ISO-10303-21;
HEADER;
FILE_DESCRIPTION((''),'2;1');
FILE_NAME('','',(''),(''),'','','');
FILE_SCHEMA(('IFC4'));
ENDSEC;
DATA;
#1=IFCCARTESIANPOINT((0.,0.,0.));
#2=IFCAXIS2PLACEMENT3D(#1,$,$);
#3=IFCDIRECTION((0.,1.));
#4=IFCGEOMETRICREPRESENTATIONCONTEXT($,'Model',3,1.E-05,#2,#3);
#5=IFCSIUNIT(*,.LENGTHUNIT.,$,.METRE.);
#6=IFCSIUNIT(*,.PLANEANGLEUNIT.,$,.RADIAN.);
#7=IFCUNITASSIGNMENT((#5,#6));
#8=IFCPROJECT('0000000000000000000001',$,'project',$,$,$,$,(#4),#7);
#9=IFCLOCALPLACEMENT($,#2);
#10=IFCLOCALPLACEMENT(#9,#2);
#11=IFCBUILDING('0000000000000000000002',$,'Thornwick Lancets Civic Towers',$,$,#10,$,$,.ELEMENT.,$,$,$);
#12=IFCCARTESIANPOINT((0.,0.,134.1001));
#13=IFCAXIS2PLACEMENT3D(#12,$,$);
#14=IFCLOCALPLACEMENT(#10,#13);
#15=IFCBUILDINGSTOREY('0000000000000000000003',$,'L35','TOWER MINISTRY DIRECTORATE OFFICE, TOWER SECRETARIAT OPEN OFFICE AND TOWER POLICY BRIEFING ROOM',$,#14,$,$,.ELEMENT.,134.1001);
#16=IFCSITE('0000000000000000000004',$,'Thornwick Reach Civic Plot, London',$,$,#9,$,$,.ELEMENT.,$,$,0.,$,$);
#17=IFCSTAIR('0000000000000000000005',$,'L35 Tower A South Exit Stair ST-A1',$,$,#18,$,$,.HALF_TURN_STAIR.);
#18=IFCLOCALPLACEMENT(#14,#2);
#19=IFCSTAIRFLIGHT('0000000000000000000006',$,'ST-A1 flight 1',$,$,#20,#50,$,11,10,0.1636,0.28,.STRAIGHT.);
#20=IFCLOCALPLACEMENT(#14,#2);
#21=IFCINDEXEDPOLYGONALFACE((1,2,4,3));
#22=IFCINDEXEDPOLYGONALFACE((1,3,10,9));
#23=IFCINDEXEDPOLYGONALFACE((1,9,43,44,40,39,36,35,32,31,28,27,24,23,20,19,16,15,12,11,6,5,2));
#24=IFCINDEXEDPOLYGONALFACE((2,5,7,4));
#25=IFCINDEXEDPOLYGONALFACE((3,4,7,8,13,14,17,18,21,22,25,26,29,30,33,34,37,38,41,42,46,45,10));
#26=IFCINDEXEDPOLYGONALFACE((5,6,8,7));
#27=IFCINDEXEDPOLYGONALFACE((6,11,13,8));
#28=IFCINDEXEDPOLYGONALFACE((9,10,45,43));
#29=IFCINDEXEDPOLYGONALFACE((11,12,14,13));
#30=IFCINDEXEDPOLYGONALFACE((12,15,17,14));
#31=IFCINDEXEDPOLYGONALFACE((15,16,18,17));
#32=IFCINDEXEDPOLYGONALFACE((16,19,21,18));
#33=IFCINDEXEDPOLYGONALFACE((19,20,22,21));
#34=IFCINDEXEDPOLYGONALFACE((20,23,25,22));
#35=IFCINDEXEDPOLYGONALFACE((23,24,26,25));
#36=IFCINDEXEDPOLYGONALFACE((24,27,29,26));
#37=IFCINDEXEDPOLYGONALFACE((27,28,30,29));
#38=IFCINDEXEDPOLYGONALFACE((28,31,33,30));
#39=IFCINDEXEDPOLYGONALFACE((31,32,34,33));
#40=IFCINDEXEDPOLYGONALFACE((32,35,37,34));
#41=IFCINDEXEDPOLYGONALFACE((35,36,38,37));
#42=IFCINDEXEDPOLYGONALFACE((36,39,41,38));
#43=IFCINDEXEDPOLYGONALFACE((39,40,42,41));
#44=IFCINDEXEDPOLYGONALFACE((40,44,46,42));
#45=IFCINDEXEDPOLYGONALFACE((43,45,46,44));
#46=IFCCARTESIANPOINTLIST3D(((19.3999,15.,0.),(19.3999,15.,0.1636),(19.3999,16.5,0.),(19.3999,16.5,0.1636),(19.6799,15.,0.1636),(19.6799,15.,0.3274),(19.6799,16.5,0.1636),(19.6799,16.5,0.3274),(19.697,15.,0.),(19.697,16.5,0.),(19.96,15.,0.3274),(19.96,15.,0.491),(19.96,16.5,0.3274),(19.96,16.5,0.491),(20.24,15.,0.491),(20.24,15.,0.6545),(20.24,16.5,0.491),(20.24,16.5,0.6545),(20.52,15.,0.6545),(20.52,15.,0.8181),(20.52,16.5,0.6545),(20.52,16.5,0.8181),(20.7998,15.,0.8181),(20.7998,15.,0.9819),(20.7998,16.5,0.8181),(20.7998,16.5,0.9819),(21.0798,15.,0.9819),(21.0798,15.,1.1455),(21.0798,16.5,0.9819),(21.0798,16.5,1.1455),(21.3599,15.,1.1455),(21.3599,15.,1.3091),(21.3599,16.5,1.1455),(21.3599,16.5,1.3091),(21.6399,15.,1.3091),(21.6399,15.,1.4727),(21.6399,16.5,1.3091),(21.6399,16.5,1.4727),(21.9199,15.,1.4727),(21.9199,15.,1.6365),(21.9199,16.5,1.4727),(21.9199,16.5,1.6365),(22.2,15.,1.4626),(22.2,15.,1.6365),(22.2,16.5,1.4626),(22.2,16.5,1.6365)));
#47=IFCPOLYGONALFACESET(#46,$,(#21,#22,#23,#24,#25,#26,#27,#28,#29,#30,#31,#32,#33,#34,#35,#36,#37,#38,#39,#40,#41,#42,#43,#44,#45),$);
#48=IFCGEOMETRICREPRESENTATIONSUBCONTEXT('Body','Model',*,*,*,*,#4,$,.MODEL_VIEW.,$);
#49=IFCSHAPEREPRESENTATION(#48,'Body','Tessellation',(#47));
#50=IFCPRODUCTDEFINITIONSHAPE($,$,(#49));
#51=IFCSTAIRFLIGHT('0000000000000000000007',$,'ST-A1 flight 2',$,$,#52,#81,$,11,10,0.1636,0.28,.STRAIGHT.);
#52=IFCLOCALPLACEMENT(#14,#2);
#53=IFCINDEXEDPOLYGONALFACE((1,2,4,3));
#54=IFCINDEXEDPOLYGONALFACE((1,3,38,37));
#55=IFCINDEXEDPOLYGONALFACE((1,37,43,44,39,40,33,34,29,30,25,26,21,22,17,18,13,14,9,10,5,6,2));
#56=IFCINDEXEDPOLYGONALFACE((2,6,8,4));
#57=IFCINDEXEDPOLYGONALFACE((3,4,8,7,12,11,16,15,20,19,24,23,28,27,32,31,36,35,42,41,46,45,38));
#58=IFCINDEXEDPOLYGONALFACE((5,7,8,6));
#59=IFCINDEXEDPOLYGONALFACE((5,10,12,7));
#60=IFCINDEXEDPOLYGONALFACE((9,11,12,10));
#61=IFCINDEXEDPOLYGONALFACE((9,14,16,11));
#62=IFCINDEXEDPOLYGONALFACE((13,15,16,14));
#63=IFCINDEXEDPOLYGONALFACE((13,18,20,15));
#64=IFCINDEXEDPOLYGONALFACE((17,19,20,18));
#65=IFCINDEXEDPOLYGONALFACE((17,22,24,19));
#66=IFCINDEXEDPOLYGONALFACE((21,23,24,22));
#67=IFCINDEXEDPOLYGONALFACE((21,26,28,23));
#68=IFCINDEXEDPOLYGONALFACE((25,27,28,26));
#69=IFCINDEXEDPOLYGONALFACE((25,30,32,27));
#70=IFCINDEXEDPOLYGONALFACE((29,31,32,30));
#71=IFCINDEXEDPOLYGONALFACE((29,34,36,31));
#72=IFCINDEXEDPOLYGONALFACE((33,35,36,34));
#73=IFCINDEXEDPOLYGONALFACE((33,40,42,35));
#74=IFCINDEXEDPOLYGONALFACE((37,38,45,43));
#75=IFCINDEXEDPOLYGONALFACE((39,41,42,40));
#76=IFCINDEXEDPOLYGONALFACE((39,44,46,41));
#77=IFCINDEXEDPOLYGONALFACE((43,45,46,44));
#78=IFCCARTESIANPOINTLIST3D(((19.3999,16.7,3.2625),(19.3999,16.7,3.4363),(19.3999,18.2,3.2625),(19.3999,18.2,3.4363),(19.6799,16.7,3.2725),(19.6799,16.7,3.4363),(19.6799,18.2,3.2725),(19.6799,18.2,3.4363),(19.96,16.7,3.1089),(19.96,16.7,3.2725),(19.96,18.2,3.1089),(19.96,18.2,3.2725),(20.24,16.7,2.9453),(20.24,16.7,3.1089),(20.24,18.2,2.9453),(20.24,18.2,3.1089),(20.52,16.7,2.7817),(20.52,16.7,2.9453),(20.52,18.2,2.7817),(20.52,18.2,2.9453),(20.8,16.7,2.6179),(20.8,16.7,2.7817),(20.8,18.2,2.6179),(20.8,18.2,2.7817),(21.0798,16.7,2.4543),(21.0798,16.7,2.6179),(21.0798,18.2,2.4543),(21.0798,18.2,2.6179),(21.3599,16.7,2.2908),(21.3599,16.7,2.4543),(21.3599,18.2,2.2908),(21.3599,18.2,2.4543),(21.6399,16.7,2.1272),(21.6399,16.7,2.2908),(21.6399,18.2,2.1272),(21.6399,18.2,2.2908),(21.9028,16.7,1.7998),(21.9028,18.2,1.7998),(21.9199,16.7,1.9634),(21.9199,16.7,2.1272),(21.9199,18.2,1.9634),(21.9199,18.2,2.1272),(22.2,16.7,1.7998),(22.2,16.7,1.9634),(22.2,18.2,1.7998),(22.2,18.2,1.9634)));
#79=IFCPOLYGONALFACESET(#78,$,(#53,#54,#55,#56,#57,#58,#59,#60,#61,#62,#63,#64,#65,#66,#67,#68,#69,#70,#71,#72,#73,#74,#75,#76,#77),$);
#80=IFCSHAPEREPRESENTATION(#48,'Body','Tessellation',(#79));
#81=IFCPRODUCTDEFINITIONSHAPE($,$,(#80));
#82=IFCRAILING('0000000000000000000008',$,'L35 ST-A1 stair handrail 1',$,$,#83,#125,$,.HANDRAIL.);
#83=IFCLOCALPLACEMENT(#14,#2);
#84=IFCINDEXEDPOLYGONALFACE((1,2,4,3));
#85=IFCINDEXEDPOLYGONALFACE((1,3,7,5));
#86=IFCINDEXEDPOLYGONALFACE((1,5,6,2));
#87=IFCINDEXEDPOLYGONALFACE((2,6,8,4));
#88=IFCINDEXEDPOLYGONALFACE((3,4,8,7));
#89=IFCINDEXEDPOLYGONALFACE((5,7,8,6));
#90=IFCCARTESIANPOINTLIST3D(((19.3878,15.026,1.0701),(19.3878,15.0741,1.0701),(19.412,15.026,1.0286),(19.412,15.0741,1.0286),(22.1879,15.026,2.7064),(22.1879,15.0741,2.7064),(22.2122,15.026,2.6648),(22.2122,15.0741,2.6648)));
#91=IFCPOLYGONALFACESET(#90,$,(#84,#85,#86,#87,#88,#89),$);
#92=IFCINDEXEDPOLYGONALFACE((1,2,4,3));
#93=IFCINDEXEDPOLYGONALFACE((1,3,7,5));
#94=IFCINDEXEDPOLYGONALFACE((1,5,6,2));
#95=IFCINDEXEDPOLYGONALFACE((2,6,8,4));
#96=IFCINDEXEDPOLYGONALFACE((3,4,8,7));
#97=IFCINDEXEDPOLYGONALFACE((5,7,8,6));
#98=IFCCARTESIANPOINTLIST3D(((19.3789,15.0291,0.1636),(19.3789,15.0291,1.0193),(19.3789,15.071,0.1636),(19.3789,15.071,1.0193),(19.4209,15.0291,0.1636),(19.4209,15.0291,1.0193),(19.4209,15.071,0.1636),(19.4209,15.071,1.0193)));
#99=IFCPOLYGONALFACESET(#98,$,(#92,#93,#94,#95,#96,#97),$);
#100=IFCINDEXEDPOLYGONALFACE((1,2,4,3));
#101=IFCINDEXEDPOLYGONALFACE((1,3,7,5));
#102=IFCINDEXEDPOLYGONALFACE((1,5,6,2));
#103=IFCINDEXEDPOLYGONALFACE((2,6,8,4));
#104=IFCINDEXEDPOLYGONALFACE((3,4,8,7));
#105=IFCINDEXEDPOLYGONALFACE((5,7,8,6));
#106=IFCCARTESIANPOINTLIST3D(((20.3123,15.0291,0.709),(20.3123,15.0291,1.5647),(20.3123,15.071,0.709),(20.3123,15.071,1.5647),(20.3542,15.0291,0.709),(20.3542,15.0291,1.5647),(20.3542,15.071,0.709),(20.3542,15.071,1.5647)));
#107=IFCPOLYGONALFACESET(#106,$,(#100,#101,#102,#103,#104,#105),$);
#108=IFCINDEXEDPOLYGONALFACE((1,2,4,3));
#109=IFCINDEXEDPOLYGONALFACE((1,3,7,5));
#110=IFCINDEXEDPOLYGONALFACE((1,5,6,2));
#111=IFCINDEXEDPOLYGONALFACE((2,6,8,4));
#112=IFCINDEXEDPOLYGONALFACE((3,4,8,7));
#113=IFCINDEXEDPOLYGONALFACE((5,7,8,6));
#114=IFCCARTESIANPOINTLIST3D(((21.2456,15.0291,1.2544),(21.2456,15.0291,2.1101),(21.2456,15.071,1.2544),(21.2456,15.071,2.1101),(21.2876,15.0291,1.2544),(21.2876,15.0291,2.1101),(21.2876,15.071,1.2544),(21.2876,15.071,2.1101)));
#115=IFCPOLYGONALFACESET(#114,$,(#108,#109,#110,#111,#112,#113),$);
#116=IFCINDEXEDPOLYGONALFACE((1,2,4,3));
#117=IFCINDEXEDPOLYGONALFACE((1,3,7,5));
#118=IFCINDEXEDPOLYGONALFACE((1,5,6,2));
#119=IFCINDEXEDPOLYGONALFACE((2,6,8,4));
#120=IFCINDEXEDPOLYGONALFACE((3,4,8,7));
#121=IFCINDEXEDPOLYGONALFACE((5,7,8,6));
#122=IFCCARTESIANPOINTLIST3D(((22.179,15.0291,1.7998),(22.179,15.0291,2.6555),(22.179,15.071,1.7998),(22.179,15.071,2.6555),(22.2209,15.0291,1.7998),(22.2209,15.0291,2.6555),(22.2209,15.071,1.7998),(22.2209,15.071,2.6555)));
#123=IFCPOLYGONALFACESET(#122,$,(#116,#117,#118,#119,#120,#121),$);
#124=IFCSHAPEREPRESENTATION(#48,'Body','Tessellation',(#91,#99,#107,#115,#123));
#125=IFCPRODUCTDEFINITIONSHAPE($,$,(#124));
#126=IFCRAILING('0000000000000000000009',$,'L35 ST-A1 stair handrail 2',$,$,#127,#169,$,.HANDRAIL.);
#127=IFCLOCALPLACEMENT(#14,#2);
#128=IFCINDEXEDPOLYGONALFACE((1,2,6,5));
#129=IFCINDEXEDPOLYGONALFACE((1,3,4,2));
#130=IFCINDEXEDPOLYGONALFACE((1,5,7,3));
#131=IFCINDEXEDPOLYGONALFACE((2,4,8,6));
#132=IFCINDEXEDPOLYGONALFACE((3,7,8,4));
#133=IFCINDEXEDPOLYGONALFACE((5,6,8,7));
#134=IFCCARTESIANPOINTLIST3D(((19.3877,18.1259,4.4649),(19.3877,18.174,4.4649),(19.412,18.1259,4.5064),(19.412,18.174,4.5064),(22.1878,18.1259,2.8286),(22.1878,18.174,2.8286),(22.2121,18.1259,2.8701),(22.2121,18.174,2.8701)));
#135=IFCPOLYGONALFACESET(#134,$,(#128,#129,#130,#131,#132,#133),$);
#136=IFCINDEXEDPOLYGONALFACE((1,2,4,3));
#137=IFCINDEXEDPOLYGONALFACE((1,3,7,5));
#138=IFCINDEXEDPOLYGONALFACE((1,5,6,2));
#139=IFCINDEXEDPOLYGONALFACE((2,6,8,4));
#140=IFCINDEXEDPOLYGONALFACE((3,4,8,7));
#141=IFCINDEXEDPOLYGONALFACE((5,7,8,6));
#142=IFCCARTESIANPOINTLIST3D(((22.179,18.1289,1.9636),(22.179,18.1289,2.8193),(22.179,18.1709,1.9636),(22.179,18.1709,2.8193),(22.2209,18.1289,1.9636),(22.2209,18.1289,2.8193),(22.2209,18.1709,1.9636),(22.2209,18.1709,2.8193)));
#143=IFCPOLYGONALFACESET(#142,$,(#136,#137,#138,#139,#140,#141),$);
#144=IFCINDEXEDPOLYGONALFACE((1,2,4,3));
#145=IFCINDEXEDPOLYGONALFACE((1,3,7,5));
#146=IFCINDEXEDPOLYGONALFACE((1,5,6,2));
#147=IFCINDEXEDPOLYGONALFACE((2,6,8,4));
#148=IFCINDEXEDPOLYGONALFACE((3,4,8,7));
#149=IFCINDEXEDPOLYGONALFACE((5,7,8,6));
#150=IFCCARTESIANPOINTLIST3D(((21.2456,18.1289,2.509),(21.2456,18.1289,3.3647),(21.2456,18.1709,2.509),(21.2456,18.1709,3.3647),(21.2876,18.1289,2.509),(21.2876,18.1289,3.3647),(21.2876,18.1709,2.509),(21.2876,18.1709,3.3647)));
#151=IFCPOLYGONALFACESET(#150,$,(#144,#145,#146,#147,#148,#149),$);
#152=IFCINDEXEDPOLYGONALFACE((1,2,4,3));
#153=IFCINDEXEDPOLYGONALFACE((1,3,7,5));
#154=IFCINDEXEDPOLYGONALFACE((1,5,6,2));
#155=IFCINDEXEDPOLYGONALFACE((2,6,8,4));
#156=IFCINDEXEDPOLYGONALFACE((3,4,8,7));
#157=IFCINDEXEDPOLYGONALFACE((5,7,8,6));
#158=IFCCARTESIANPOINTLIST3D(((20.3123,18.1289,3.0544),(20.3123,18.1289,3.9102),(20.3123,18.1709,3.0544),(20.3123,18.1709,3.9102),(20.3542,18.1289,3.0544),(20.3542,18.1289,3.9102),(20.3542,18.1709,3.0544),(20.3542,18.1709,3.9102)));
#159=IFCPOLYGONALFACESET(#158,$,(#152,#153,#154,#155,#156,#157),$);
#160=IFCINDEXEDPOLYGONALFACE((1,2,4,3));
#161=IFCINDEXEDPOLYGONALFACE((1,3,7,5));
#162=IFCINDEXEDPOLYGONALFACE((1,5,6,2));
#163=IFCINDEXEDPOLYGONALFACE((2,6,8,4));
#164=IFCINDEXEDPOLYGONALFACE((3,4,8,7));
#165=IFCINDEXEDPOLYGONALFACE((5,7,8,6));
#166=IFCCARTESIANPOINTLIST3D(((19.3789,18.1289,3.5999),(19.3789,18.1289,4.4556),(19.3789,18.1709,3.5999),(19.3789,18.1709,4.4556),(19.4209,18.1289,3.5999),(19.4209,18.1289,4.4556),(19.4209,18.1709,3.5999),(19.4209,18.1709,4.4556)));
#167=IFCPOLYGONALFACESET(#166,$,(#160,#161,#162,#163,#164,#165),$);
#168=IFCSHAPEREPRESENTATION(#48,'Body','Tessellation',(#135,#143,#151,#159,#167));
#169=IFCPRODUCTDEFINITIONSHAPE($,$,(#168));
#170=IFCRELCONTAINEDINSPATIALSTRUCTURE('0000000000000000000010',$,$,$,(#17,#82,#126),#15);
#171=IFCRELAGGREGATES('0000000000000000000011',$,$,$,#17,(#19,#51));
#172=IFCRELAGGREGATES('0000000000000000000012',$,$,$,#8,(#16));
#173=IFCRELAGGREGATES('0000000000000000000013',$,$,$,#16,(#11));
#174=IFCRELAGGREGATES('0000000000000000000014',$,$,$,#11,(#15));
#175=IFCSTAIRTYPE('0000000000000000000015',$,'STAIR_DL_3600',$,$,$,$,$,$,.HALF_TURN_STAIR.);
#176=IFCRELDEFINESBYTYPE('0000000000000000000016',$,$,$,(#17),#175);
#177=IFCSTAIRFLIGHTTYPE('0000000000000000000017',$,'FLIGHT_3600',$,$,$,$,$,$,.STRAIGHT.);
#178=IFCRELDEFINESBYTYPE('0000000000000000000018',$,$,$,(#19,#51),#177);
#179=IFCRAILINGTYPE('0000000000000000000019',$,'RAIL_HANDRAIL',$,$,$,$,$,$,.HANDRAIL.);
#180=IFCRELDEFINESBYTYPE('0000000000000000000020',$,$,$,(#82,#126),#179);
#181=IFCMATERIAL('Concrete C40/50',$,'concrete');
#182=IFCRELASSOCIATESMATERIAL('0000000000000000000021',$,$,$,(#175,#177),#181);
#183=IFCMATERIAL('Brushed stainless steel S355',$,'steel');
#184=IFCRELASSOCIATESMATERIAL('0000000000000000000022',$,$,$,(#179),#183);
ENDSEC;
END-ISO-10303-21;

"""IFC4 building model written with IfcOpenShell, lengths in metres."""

from ifc_helpers import new_model, si_unit, direction, frame, origin, origin_2d, place, context, subcontext, project, spatial, polyline, rectangle, outline, extrude, material, type_object, element, aggregate, save


model = new_model("IFC4")

# Units and contexts
model_context = context("Model", 3, precision=1e-05, world=origin(), true_north=direction((0.0, 1.0)))
body_context = subcontext(model_context, "Body", "Model", "MODEL_VIEW")
ifc_project = project(units=[si_unit("LENGTHUNIT", "METRE"), si_unit("PLANEANGLEUNIT", "RADIAN")], contexts=[model_context])

# Site, building, storey
site_placement = place(None, origin())
site = spatial("IfcSite", under=ifc_project, at=site_placement, Name="Thornwick Reach Civic Plot, London", CompositionType="ELEMENT", RefElevation=0.0)
building_placement = place(site_placement, origin())
building = spatial("IfcBuilding", under=site, at=building_placement, Name="Thornwick Lancets Civic Towers", CompositionType="ELEMENT")
storey_placement = place(building_placement, frame((0.0, 0.0, 134.1001)))
storey = spatial("IfcBuildingStorey", under=building, at=storey_placement, Name="L35", Description="TOWER MINISTRY DIRECTORATE OFFICE, TOWER SECRETARIAT OPEN OFFICE AND TOWER POLICY BRIEFING ROOM", CompositionType="ELEMENT", Elevation=134.1001)

# Shared definitions
ifc_material_1 = material(Name="Concrete C40/50", Category="concrete")

# Stair, stair flights
stair_type = type_object("IfcStairType", Name="STAIR_DL_3600", PredefinedType="HALF_TURN_STAIR", material=ifc_material_1)
stair_placement = place(storey_placement, origin())
stair = element("IfcStair", 1, at=stair_placement, inside=storey, type_object=stair_type, Name="L35 Tower A South Exit Stair ST-A1", PredefinedType="HALF_TURN_STAIR")
stair_flight_type = type_object("IfcStairFlightType", Name="FLIGHT_3600", PredefinedType="STRAIGHT", material=ifc_material_1)
stair_flight_1_placement = place(storey_placement, frame((19.3999, 15.75, 0.0), z_axis=(0.0, 0.0, 1.0), x_axis=(1.0, 0.0, 0.0)))
stair_flight_1 = element("IfcStairFlight", 2, at=stair_flight_1_placement, type_object=stair_flight_type, Name="ST-A1 flight 1", NumberOfRisers=11, NumberOfTreads=10, PredefinedType="STRAIGHT", RiserHeight=0.1636, TreadLength=0.28, context=body_context, shape_type="SweptSolid", body=[
    extrude(outline(polyline([(0.0, 0.0), (0.0, 0.1636), (0.28, 0.1636), (0.28, 0.3274), (0.5601, 0.3274), (0.5601, 0.491), (0.8401, 0.491), (0.8401, 0.6545), (1.1201, 0.6545), (1.1201, 0.8181), (1.3999, 0.8181), (1.3999, 0.9819), (1.6799, 0.9819), (1.6799, 1.1455), (1.96, 1.1455), (1.96, 1.3091), (2.24, 1.3091), (2.24, 1.4727), (2.52, 1.4727), (2.52, 1.6365), (2.8, 1.6365), (2.8, 1.8), (2.8, 1.4626), (0.2971, 0.0), (0.0, 0.0)])), frame((0.0, 0.75, 0.0), z_axis=(0.0, -1.0, 0.0), x_axis=(1.0, 0.0, 0.0)), (0.0, 0.0, 1.0), 1.5),
])
stair_flight_2_placement = place(storey_placement, frame((22.2, 17.45, 1.7998), z_axis=(0.0, 0.0, 1.0), x_axis=(-1.0, 0.0, 0.0)))
stair_flight_2 = element("IfcStairFlight", 3, at=stair_flight_2_placement, type_object=stair_flight_type, Name="ST-A1 flight 2", NumberOfRisers=11, NumberOfTreads=10, PredefinedType="STRAIGHT", RiserHeight=0.1636, TreadLength=0.28, context=body_context, shape_type="SweptSolid", body=[
    extrude(outline(polyline([(0.0, 0.0), (0.0, 0.1636), (0.28, 0.1636), (0.28, 0.3274), (0.5601, 0.3274), (0.5601, 0.491), (0.8401, 0.491), (0.8401, 0.6545), (1.1201, 0.6545), (1.1201, 0.8181), (1.3999, 0.8181), (1.3999, 0.9819), (1.6799, 0.9819), (1.6799, 1.1455), (1.96, 1.1455), (1.96, 1.3091), (2.24, 1.3091), (2.24, 1.4727), (2.52, 1.4727), (2.52, 1.6365), (2.8, 1.6365), (2.8, 1.8), (2.8, 1.4626), (0.2971, 0.0), (0.0, 0.0)])), frame((0.0, 0.75, 0.0), z_axis=(0.0, -1.0, 0.0), x_axis=(1.0, 0.0, 0.0)), (0.0, 0.0, 1.0), 1.5),
])
aggregate(stair, [stair_flight_1, stair_flight_2])

# Railings
ifc_material_2 = material(Name="Brushed stainless steel S355", Category="steel")
railing_type_1 = type_object("IfcRailingType", Name="RAIL_HANDRAIL", PredefinedType="HANDRAIL", material=ifc_material_2)
railing_1_placement = place(storey_placement, frame((19.3999, 15.05, 0.1636)))
element("IfcRailing", 4, at=railing_1_placement, inside=storey, type_object=railing_type_1, Name="L35 ST-A1 stair handrail 1", PredefinedType="HANDRAIL", context=body_context, shape_type="SweptSolid", body=[
    extrude(rectangle(XDim=0.0481, YDim=0.0481, at=origin_2d()), frame((0.0, 0.0, 0.8857), z_axis=(0.863394, 0.0, 0.504531), x_axis=(0.0, 1.0, 0.0)), (0.0, 0.0, 1.0), 3.2432),
    extrude(rectangle(XDim=0.042, YDim=0.042, at=origin_2d()), origin(), (0.0, 0.0, 1.0), 0.8557),
    extrude(rectangle(XDim=0.042, YDim=0.042, at=origin_2d()), frame((0.9333, 0.0, 0.5454)), (0.0, 0.0, 1.0), 0.8557),
    extrude(rectangle(XDim=0.042, YDim=0.042, at=origin_2d()), frame((1.8667, 0.0, 1.0908)), (0.0, 0.0, 1.0), 0.8557),
    extrude(rectangle(XDim=0.042, YDim=0.042, at=origin_2d()), frame((2.8, 0.0, 1.6362)), (0.0, 0.0, 1.0), 0.8557),
])
railing_2_placement = place(storey_placement, frame((22.2, 18.1499, 1.9636)))
element("IfcRailing", 5, at=railing_2_placement, inside=storey, type_object=railing_type_1, Name="L35 ST-A1 stair handrail 2", PredefinedType="HANDRAIL", context=body_context, shape_type="SweptSolid", body=[
    extrude(rectangle(XDim=0.0481, YDim=0.0481, at=origin_2d()), frame((0.0, 0.0, 0.8857), z_axis=(-0.863394, 0.0, 0.504531), x_axis=(0.0, -1.0, 0.0)), (0.0, 0.0, 1.0), 3.2432),
    extrude(rectangle(XDim=0.042, YDim=0.042, at=origin_2d()), origin(), (0.0, 0.0, 1.0), 0.8557),
    extrude(rectangle(XDim=0.042, YDim=0.042, at=origin_2d()), frame((-0.9333, 0.0, 0.5454)), (0.0, 0.0, 1.0), 0.8557),
    extrude(rectangle(XDim=0.042, YDim=0.042, at=origin_2d()), frame((-1.8667, 0.0, 1.0908)), (0.0, 0.0, 1.0), 0.8557),
    extrude(rectangle(XDim=0.042, YDim=0.042, at=origin_2d()), frame((-2.8, 0.0, 1.6362)), (0.0, 0.0, 1.0), 0.8557),
])

save(model, "model.ifc")
